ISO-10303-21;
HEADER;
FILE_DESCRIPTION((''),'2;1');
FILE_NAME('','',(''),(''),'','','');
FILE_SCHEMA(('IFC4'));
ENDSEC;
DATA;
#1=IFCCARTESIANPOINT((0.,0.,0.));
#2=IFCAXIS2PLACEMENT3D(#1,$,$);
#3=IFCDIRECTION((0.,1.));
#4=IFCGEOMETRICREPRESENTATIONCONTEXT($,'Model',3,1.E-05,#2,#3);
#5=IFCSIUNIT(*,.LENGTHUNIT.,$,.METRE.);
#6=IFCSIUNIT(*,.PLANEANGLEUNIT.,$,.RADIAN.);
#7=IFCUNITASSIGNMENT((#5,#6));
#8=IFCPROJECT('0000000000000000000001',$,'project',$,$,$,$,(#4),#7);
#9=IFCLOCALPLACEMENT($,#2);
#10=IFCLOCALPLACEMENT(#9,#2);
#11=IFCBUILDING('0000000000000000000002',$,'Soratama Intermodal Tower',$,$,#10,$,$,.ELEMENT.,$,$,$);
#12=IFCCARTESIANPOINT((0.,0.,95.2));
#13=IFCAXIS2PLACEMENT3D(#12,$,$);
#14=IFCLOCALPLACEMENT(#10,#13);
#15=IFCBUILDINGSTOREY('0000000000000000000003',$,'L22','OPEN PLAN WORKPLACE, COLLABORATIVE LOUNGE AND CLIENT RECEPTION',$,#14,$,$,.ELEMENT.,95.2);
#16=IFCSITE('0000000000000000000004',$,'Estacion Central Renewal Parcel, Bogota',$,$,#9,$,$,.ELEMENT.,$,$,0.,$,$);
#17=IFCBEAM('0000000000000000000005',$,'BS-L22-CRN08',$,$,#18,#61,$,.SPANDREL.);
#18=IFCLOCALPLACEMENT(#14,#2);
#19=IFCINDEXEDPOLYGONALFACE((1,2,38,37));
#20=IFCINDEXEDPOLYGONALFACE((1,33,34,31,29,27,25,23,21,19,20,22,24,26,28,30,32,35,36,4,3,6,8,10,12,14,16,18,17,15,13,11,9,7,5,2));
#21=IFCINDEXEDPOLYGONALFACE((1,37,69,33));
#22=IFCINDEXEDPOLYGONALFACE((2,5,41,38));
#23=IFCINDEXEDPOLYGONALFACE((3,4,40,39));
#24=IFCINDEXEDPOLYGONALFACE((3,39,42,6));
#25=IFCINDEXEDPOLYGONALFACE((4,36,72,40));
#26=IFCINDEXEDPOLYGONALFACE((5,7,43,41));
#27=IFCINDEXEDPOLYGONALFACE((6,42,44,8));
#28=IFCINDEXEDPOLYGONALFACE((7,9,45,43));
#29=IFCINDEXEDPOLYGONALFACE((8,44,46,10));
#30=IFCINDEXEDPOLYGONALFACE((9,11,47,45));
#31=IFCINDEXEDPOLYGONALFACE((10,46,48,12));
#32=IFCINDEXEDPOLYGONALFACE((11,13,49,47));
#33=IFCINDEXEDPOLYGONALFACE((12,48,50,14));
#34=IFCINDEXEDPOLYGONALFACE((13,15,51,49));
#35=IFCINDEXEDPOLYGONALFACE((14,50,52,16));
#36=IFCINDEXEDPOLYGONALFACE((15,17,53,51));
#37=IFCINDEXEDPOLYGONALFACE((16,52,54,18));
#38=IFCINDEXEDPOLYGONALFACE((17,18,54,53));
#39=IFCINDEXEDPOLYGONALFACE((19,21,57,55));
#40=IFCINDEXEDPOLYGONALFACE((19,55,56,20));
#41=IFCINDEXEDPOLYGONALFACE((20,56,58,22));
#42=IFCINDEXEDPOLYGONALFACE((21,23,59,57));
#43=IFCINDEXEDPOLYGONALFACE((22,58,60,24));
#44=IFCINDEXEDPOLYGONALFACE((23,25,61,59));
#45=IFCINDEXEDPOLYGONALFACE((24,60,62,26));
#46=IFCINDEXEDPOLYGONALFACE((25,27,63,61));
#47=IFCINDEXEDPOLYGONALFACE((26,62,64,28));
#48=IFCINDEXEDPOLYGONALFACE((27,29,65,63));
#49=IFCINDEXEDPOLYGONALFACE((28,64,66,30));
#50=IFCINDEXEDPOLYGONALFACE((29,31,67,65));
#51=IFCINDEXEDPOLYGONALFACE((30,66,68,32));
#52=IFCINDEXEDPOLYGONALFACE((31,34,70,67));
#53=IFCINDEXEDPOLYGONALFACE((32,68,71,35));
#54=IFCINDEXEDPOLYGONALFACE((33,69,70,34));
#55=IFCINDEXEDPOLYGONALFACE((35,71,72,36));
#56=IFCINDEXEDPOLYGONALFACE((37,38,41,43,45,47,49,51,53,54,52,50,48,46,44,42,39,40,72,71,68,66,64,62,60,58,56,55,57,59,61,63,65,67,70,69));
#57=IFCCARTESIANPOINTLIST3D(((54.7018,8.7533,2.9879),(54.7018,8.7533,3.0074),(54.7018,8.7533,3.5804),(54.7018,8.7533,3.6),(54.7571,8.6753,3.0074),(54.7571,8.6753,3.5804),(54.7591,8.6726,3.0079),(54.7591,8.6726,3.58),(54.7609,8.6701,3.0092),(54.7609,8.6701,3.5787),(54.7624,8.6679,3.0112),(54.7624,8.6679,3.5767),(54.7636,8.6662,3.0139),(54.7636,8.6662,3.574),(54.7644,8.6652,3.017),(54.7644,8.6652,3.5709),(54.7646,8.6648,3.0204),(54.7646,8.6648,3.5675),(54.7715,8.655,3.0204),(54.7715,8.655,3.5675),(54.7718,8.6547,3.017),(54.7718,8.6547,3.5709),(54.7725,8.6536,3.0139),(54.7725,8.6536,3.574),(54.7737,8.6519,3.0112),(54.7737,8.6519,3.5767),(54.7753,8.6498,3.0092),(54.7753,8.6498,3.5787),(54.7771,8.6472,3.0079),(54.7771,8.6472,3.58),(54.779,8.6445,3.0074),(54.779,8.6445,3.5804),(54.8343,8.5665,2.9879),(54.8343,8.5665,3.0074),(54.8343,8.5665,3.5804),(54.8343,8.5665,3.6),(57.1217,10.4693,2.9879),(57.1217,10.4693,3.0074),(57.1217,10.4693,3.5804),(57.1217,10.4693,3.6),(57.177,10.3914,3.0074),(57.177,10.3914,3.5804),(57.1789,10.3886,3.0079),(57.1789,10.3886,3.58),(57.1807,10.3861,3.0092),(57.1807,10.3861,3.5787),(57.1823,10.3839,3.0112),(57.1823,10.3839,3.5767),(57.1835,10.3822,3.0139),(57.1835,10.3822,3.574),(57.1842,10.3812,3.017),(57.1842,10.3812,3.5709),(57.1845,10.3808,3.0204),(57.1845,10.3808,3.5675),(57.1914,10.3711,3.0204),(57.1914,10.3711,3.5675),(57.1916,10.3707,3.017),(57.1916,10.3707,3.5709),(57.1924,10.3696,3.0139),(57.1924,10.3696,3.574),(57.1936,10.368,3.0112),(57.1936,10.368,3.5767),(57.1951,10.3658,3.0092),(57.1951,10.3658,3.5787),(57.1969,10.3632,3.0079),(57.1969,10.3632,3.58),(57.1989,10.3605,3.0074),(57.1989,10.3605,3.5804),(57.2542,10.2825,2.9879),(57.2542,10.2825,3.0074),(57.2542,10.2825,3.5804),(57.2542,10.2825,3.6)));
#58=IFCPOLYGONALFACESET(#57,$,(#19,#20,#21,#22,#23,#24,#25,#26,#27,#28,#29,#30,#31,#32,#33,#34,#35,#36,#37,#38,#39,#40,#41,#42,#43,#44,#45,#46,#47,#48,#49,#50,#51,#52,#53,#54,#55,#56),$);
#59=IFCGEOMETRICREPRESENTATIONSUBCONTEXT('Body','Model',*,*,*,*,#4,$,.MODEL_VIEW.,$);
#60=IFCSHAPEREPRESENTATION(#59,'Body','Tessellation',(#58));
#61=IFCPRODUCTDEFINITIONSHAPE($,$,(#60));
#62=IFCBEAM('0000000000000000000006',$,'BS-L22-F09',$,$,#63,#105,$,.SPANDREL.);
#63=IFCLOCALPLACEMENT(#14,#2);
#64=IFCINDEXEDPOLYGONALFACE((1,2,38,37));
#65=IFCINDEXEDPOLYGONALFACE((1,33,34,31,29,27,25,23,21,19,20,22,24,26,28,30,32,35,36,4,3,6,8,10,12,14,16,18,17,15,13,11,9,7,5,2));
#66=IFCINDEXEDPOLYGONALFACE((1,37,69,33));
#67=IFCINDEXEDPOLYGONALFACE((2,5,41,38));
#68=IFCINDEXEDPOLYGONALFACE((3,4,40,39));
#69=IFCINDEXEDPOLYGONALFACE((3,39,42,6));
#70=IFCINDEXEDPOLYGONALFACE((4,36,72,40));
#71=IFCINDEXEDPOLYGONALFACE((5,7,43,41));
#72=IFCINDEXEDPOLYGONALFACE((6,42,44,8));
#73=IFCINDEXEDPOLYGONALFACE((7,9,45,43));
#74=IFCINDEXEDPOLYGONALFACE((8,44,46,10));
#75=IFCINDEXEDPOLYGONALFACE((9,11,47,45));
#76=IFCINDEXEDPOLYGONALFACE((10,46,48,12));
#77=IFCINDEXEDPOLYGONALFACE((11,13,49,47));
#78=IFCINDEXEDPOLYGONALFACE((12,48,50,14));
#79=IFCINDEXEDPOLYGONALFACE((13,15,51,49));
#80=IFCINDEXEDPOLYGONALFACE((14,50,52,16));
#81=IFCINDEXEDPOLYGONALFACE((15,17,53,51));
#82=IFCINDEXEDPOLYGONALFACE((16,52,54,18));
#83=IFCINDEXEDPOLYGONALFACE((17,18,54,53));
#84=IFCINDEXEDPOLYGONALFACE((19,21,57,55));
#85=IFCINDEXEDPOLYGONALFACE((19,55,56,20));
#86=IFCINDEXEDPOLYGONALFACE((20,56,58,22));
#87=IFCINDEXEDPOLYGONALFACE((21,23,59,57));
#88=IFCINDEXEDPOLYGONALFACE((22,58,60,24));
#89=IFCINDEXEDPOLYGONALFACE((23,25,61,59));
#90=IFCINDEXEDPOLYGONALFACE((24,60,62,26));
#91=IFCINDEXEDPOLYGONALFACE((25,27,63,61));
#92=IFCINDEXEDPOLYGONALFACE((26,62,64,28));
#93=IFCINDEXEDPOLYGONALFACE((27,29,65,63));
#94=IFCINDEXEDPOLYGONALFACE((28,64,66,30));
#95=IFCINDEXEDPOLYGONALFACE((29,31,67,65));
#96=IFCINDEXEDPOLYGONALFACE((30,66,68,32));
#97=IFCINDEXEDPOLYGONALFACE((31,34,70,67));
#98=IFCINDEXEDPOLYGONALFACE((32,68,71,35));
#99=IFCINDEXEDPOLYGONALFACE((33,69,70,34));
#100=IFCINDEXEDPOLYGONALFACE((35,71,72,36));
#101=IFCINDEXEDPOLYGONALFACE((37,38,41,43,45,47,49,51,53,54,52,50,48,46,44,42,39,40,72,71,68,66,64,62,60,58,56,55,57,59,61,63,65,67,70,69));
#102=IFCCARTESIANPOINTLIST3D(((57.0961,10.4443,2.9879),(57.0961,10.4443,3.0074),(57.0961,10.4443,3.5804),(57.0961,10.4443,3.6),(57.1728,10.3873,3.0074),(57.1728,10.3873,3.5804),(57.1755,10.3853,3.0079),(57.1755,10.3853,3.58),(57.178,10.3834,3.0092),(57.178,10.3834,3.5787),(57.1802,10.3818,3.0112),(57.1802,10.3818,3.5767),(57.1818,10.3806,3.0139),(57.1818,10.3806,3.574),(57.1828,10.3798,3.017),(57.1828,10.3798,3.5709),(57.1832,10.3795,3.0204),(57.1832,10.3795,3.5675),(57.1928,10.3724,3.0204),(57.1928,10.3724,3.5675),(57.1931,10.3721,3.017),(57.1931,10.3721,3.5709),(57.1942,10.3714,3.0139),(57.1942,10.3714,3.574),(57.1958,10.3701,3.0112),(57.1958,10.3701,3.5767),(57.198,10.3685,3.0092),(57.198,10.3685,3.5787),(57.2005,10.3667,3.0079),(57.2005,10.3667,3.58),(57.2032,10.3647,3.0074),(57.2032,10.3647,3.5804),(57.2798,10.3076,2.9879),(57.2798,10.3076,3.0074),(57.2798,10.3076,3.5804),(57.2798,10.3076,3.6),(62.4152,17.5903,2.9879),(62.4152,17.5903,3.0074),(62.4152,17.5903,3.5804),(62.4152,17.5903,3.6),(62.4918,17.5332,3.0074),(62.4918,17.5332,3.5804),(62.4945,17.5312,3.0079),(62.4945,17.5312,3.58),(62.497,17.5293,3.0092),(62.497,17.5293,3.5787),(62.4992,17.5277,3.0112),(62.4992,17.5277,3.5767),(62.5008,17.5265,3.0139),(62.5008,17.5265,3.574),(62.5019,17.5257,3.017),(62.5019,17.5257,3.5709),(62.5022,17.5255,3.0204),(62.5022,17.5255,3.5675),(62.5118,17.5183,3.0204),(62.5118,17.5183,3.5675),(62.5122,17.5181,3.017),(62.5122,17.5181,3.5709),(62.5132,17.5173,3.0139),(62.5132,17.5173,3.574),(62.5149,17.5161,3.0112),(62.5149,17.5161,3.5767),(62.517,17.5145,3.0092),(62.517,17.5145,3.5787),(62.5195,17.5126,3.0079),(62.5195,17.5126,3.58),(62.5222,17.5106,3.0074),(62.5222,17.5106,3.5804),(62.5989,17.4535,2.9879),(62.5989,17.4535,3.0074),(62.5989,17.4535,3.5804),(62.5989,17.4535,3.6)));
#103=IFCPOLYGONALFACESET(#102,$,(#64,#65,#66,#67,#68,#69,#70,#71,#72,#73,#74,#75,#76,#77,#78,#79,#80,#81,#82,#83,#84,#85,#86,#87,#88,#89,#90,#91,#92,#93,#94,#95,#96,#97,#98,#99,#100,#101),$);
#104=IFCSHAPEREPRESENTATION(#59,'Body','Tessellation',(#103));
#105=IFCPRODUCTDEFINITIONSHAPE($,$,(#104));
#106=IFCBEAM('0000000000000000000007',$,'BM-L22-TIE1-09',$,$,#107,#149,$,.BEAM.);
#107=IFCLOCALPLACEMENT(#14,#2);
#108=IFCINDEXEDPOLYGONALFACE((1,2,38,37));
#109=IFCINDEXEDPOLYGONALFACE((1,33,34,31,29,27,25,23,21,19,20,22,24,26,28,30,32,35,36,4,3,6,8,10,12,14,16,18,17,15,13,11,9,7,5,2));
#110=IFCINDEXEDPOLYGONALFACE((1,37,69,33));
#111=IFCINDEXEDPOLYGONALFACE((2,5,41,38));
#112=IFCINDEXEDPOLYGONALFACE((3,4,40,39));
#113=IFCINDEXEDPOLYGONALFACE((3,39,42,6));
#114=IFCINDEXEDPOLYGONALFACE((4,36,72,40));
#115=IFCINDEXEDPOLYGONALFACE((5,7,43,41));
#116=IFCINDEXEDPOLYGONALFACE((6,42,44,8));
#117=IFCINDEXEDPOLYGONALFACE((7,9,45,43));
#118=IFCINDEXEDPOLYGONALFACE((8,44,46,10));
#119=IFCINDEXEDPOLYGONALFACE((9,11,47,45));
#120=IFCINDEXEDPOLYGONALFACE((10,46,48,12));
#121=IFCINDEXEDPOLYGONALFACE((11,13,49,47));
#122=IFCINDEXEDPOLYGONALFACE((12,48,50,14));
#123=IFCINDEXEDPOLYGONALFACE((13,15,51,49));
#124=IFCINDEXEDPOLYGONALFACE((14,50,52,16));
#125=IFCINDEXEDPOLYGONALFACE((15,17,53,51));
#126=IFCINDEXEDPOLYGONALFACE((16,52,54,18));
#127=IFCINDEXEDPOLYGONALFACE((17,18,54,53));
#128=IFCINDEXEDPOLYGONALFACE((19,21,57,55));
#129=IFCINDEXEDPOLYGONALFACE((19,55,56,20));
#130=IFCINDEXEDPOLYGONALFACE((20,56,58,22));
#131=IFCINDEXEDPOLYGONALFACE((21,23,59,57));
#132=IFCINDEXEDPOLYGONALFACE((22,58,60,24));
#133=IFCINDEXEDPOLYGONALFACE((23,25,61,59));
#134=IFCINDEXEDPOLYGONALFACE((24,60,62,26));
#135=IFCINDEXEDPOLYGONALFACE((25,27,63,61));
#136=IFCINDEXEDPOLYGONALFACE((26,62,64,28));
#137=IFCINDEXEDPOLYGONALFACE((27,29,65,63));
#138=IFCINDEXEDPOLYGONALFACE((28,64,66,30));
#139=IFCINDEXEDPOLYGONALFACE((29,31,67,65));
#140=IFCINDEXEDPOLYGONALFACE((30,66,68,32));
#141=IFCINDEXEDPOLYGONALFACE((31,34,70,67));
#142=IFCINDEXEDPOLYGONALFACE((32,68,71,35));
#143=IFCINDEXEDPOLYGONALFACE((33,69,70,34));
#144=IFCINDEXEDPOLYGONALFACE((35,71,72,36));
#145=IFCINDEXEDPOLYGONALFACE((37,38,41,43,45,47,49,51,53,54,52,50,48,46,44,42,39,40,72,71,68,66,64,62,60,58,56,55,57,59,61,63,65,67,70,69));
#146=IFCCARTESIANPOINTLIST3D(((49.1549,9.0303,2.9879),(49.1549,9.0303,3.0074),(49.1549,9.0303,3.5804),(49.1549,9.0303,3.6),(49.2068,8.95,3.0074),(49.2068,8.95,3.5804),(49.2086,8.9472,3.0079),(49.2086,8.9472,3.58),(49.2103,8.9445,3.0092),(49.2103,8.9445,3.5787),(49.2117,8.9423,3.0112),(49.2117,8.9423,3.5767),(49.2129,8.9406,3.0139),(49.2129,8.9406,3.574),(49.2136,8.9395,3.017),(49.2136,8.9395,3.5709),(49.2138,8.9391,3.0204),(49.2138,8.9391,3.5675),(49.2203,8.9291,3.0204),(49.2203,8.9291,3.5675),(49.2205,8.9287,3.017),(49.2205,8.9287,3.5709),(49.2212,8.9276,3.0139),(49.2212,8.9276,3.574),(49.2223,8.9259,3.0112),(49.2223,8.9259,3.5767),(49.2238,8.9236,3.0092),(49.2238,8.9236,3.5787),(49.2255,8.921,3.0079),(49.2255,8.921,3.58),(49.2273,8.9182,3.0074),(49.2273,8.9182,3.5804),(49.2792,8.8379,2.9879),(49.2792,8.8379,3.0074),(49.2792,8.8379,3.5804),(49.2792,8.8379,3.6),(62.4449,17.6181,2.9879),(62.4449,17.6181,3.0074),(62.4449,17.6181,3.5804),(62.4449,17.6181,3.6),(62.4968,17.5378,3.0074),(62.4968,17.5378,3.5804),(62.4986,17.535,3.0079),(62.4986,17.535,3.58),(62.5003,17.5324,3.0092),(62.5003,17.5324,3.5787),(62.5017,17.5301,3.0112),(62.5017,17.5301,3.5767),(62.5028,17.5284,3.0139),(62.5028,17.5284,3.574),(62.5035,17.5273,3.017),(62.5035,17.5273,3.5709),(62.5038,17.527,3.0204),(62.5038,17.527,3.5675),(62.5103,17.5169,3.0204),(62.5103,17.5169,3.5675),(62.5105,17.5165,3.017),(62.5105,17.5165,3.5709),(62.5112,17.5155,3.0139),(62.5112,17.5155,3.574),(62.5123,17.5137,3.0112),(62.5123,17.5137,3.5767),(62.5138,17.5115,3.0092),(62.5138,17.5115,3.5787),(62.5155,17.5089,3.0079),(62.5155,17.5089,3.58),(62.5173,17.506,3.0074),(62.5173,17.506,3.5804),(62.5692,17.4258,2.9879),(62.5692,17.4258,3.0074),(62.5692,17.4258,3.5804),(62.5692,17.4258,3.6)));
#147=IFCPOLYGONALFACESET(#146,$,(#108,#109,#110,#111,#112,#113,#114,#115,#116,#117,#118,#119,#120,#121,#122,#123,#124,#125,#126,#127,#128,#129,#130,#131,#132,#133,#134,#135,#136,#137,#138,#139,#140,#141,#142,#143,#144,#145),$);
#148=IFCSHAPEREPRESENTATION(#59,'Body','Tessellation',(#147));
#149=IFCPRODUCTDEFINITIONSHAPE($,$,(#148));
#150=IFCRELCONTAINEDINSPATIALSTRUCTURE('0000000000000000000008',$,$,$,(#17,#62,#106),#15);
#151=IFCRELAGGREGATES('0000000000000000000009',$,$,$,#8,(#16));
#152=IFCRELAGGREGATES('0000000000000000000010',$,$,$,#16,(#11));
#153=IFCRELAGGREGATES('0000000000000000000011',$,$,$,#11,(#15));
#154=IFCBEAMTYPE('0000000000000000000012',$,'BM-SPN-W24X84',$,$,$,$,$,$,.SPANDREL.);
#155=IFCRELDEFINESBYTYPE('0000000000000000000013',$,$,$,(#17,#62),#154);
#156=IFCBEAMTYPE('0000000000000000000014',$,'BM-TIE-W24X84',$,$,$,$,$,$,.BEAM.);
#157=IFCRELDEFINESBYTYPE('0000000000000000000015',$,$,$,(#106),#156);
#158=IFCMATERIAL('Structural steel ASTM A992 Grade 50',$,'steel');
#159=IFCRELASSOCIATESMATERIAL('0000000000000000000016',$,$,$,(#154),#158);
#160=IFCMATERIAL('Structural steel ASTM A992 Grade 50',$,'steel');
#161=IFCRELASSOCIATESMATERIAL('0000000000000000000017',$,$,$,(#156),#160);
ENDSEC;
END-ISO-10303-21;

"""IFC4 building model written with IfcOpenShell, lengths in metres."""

from ifc_helpers import new_model, si_unit, direction, frame, origin, origin_2d, place, context, subcontext, project, spatial, i_section, extrude, material, material_profile, profile_set, type_object, element, save


model = new_model("IFC4")

# Units and contexts
model_context = context("Model", 3, precision=1e-05, world=origin(), true_north=direction((0.0, 1.0)))
body_context = subcontext(model_context, "Body", "Model", "MODEL_VIEW")
ifc_project = project(units=[si_unit("LENGTHUNIT", "METRE"), si_unit("PLANEANGLEUNIT", "RADIAN")], contexts=[model_context])

# Site, building, storey
site_placement = place(None, origin())
site = spatial("IfcSite", under=ifc_project, at=site_placement, Name="Estacion Central Renewal Parcel, Bogota", CompositionType="ELEMENT", RefElevation=0.0)
building_placement = place(site_placement, origin())
building = spatial("IfcBuilding", under=site, at=building_placement, Name="Soratama Intermodal Tower", CompositionType="ELEMENT")
storey_placement = place(building_placement, frame((0.0, 0.0, 95.2)))
storey = spatial("IfcBuildingStorey", under=building, at=storey_placement, Name="L22", Description="OPEN PLAN WORKPLACE, COLLABORATIVE LOUNGE AND CLIENT RECEPTION", CompositionType="ELEMENT", Elevation=95.2)

# Beams
ifc_material_1 = material(Name="Structural steel ASTM A992 Grade 50", Category="steel")
ifc_material_profile_1 = material_profile(ifc_material_1, i_section(OverallWidth=0.229, OverallDepth=0.6121, WebThickness=0.012, FlangeThickness=0.0195, FilletRadius=0.0129, at=origin_2d()), Name="W24X84")
ifc_profile_set_1 = profile_set([ifc_material_profile_1], Name="Structural steel ASTM A992 Grade 50")
beam_type_1 = type_object("IfcBeamType", Name="BM-SPN-W24X84", PredefinedType="SPANDREL", material=ifc_profile_set_1)
beam_1_placement = place(storey_placement, frame((54.7681, 8.6599, 3.2939), z_axis=(0.815714, 0.578456, 0.0), x_axis=(-0.578456, 0.815714, 0.0)))
element("IfcBeam", 1, at=beam_1_placement, inside=storey, type_object=beam_type_1, Name="BS-L22-CRN08", PredefinedType="SPANDREL", context=body_context, shape_type="SweptSolid", body=[
    extrude(i_section(OverallWidth=0.229, OverallDepth=0.6121, WebThickness=0.012, FlangeThickness=0.0195, FilletRadius=0.0129, at=origin_2d()), origin(), (0.0, 0.0, 1.0), 2.9666),
])
beam_2_placement = place(storey_placement, frame((57.188, 10.376, 3.2939), z_axis=(0.597093, 0.802172, 0.0), x_axis=(-0.802172, 0.597093, 0.0)))
element("IfcBeam", 2, at=beam_2_placement, inside=storey, type_object=beam_type_1, Name="BS-L22-F09", PredefinedType="SPANDREL", context=body_context, shape_type="SweptSolid", body=[
    extrude(i_section(OverallWidth=0.229, OverallDepth=0.6121, WebThickness=0.012, FlangeThickness=0.0195, FilletRadius=0.0129, at=origin_2d()), origin(), (0.0, 0.0, 1.0), 8.9082),
])
ifc_material_2 = material(Name="Structural steel ASTM A992 Grade 50", Category="steel")
ifc_material_profile_2 = material_profile(ifc_material_2, i_section(OverallWidth=0.229, OverallDepth=0.6121, WebThickness=0.012, FlangeThickness=0.0195, FilletRadius=0.0129, at=origin_2d()), Name="W24X84")
ifc_profile_set_2 = profile_set([ifc_material_profile_2], Name="Structural steel ASTM A992 Grade 50")
beam_type_2 = type_object("IfcBeamType", Name="BM-TIE-W24X84", PredefinedType="BEAM", material=ifc_profile_set_2)
beam_3_placement = place(storey_placement, frame((49.217, 8.9341, 3.2939), z_axis=(0.839903, 0.542737, 0.0), x_axis=(-0.542737, 0.839903, 0.0)))
element("IfcBeam", 3, at=beam_3_placement, inside=storey, type_object=beam_type_2, Name="BM-L22-TIE1-09", PredefinedType="BEAM", context=body_context, shape_type="SweptSolid", body=[
    extrude(i_section(OverallWidth=0.229, OverallDepth=0.6121, WebThickness=0.012, FlangeThickness=0.0195, FilletRadius=0.0129, at=origin_2d()), origin(), (0.0, 0.0, 1.0), 15.8232),
])

save(model, "model.ifc")
